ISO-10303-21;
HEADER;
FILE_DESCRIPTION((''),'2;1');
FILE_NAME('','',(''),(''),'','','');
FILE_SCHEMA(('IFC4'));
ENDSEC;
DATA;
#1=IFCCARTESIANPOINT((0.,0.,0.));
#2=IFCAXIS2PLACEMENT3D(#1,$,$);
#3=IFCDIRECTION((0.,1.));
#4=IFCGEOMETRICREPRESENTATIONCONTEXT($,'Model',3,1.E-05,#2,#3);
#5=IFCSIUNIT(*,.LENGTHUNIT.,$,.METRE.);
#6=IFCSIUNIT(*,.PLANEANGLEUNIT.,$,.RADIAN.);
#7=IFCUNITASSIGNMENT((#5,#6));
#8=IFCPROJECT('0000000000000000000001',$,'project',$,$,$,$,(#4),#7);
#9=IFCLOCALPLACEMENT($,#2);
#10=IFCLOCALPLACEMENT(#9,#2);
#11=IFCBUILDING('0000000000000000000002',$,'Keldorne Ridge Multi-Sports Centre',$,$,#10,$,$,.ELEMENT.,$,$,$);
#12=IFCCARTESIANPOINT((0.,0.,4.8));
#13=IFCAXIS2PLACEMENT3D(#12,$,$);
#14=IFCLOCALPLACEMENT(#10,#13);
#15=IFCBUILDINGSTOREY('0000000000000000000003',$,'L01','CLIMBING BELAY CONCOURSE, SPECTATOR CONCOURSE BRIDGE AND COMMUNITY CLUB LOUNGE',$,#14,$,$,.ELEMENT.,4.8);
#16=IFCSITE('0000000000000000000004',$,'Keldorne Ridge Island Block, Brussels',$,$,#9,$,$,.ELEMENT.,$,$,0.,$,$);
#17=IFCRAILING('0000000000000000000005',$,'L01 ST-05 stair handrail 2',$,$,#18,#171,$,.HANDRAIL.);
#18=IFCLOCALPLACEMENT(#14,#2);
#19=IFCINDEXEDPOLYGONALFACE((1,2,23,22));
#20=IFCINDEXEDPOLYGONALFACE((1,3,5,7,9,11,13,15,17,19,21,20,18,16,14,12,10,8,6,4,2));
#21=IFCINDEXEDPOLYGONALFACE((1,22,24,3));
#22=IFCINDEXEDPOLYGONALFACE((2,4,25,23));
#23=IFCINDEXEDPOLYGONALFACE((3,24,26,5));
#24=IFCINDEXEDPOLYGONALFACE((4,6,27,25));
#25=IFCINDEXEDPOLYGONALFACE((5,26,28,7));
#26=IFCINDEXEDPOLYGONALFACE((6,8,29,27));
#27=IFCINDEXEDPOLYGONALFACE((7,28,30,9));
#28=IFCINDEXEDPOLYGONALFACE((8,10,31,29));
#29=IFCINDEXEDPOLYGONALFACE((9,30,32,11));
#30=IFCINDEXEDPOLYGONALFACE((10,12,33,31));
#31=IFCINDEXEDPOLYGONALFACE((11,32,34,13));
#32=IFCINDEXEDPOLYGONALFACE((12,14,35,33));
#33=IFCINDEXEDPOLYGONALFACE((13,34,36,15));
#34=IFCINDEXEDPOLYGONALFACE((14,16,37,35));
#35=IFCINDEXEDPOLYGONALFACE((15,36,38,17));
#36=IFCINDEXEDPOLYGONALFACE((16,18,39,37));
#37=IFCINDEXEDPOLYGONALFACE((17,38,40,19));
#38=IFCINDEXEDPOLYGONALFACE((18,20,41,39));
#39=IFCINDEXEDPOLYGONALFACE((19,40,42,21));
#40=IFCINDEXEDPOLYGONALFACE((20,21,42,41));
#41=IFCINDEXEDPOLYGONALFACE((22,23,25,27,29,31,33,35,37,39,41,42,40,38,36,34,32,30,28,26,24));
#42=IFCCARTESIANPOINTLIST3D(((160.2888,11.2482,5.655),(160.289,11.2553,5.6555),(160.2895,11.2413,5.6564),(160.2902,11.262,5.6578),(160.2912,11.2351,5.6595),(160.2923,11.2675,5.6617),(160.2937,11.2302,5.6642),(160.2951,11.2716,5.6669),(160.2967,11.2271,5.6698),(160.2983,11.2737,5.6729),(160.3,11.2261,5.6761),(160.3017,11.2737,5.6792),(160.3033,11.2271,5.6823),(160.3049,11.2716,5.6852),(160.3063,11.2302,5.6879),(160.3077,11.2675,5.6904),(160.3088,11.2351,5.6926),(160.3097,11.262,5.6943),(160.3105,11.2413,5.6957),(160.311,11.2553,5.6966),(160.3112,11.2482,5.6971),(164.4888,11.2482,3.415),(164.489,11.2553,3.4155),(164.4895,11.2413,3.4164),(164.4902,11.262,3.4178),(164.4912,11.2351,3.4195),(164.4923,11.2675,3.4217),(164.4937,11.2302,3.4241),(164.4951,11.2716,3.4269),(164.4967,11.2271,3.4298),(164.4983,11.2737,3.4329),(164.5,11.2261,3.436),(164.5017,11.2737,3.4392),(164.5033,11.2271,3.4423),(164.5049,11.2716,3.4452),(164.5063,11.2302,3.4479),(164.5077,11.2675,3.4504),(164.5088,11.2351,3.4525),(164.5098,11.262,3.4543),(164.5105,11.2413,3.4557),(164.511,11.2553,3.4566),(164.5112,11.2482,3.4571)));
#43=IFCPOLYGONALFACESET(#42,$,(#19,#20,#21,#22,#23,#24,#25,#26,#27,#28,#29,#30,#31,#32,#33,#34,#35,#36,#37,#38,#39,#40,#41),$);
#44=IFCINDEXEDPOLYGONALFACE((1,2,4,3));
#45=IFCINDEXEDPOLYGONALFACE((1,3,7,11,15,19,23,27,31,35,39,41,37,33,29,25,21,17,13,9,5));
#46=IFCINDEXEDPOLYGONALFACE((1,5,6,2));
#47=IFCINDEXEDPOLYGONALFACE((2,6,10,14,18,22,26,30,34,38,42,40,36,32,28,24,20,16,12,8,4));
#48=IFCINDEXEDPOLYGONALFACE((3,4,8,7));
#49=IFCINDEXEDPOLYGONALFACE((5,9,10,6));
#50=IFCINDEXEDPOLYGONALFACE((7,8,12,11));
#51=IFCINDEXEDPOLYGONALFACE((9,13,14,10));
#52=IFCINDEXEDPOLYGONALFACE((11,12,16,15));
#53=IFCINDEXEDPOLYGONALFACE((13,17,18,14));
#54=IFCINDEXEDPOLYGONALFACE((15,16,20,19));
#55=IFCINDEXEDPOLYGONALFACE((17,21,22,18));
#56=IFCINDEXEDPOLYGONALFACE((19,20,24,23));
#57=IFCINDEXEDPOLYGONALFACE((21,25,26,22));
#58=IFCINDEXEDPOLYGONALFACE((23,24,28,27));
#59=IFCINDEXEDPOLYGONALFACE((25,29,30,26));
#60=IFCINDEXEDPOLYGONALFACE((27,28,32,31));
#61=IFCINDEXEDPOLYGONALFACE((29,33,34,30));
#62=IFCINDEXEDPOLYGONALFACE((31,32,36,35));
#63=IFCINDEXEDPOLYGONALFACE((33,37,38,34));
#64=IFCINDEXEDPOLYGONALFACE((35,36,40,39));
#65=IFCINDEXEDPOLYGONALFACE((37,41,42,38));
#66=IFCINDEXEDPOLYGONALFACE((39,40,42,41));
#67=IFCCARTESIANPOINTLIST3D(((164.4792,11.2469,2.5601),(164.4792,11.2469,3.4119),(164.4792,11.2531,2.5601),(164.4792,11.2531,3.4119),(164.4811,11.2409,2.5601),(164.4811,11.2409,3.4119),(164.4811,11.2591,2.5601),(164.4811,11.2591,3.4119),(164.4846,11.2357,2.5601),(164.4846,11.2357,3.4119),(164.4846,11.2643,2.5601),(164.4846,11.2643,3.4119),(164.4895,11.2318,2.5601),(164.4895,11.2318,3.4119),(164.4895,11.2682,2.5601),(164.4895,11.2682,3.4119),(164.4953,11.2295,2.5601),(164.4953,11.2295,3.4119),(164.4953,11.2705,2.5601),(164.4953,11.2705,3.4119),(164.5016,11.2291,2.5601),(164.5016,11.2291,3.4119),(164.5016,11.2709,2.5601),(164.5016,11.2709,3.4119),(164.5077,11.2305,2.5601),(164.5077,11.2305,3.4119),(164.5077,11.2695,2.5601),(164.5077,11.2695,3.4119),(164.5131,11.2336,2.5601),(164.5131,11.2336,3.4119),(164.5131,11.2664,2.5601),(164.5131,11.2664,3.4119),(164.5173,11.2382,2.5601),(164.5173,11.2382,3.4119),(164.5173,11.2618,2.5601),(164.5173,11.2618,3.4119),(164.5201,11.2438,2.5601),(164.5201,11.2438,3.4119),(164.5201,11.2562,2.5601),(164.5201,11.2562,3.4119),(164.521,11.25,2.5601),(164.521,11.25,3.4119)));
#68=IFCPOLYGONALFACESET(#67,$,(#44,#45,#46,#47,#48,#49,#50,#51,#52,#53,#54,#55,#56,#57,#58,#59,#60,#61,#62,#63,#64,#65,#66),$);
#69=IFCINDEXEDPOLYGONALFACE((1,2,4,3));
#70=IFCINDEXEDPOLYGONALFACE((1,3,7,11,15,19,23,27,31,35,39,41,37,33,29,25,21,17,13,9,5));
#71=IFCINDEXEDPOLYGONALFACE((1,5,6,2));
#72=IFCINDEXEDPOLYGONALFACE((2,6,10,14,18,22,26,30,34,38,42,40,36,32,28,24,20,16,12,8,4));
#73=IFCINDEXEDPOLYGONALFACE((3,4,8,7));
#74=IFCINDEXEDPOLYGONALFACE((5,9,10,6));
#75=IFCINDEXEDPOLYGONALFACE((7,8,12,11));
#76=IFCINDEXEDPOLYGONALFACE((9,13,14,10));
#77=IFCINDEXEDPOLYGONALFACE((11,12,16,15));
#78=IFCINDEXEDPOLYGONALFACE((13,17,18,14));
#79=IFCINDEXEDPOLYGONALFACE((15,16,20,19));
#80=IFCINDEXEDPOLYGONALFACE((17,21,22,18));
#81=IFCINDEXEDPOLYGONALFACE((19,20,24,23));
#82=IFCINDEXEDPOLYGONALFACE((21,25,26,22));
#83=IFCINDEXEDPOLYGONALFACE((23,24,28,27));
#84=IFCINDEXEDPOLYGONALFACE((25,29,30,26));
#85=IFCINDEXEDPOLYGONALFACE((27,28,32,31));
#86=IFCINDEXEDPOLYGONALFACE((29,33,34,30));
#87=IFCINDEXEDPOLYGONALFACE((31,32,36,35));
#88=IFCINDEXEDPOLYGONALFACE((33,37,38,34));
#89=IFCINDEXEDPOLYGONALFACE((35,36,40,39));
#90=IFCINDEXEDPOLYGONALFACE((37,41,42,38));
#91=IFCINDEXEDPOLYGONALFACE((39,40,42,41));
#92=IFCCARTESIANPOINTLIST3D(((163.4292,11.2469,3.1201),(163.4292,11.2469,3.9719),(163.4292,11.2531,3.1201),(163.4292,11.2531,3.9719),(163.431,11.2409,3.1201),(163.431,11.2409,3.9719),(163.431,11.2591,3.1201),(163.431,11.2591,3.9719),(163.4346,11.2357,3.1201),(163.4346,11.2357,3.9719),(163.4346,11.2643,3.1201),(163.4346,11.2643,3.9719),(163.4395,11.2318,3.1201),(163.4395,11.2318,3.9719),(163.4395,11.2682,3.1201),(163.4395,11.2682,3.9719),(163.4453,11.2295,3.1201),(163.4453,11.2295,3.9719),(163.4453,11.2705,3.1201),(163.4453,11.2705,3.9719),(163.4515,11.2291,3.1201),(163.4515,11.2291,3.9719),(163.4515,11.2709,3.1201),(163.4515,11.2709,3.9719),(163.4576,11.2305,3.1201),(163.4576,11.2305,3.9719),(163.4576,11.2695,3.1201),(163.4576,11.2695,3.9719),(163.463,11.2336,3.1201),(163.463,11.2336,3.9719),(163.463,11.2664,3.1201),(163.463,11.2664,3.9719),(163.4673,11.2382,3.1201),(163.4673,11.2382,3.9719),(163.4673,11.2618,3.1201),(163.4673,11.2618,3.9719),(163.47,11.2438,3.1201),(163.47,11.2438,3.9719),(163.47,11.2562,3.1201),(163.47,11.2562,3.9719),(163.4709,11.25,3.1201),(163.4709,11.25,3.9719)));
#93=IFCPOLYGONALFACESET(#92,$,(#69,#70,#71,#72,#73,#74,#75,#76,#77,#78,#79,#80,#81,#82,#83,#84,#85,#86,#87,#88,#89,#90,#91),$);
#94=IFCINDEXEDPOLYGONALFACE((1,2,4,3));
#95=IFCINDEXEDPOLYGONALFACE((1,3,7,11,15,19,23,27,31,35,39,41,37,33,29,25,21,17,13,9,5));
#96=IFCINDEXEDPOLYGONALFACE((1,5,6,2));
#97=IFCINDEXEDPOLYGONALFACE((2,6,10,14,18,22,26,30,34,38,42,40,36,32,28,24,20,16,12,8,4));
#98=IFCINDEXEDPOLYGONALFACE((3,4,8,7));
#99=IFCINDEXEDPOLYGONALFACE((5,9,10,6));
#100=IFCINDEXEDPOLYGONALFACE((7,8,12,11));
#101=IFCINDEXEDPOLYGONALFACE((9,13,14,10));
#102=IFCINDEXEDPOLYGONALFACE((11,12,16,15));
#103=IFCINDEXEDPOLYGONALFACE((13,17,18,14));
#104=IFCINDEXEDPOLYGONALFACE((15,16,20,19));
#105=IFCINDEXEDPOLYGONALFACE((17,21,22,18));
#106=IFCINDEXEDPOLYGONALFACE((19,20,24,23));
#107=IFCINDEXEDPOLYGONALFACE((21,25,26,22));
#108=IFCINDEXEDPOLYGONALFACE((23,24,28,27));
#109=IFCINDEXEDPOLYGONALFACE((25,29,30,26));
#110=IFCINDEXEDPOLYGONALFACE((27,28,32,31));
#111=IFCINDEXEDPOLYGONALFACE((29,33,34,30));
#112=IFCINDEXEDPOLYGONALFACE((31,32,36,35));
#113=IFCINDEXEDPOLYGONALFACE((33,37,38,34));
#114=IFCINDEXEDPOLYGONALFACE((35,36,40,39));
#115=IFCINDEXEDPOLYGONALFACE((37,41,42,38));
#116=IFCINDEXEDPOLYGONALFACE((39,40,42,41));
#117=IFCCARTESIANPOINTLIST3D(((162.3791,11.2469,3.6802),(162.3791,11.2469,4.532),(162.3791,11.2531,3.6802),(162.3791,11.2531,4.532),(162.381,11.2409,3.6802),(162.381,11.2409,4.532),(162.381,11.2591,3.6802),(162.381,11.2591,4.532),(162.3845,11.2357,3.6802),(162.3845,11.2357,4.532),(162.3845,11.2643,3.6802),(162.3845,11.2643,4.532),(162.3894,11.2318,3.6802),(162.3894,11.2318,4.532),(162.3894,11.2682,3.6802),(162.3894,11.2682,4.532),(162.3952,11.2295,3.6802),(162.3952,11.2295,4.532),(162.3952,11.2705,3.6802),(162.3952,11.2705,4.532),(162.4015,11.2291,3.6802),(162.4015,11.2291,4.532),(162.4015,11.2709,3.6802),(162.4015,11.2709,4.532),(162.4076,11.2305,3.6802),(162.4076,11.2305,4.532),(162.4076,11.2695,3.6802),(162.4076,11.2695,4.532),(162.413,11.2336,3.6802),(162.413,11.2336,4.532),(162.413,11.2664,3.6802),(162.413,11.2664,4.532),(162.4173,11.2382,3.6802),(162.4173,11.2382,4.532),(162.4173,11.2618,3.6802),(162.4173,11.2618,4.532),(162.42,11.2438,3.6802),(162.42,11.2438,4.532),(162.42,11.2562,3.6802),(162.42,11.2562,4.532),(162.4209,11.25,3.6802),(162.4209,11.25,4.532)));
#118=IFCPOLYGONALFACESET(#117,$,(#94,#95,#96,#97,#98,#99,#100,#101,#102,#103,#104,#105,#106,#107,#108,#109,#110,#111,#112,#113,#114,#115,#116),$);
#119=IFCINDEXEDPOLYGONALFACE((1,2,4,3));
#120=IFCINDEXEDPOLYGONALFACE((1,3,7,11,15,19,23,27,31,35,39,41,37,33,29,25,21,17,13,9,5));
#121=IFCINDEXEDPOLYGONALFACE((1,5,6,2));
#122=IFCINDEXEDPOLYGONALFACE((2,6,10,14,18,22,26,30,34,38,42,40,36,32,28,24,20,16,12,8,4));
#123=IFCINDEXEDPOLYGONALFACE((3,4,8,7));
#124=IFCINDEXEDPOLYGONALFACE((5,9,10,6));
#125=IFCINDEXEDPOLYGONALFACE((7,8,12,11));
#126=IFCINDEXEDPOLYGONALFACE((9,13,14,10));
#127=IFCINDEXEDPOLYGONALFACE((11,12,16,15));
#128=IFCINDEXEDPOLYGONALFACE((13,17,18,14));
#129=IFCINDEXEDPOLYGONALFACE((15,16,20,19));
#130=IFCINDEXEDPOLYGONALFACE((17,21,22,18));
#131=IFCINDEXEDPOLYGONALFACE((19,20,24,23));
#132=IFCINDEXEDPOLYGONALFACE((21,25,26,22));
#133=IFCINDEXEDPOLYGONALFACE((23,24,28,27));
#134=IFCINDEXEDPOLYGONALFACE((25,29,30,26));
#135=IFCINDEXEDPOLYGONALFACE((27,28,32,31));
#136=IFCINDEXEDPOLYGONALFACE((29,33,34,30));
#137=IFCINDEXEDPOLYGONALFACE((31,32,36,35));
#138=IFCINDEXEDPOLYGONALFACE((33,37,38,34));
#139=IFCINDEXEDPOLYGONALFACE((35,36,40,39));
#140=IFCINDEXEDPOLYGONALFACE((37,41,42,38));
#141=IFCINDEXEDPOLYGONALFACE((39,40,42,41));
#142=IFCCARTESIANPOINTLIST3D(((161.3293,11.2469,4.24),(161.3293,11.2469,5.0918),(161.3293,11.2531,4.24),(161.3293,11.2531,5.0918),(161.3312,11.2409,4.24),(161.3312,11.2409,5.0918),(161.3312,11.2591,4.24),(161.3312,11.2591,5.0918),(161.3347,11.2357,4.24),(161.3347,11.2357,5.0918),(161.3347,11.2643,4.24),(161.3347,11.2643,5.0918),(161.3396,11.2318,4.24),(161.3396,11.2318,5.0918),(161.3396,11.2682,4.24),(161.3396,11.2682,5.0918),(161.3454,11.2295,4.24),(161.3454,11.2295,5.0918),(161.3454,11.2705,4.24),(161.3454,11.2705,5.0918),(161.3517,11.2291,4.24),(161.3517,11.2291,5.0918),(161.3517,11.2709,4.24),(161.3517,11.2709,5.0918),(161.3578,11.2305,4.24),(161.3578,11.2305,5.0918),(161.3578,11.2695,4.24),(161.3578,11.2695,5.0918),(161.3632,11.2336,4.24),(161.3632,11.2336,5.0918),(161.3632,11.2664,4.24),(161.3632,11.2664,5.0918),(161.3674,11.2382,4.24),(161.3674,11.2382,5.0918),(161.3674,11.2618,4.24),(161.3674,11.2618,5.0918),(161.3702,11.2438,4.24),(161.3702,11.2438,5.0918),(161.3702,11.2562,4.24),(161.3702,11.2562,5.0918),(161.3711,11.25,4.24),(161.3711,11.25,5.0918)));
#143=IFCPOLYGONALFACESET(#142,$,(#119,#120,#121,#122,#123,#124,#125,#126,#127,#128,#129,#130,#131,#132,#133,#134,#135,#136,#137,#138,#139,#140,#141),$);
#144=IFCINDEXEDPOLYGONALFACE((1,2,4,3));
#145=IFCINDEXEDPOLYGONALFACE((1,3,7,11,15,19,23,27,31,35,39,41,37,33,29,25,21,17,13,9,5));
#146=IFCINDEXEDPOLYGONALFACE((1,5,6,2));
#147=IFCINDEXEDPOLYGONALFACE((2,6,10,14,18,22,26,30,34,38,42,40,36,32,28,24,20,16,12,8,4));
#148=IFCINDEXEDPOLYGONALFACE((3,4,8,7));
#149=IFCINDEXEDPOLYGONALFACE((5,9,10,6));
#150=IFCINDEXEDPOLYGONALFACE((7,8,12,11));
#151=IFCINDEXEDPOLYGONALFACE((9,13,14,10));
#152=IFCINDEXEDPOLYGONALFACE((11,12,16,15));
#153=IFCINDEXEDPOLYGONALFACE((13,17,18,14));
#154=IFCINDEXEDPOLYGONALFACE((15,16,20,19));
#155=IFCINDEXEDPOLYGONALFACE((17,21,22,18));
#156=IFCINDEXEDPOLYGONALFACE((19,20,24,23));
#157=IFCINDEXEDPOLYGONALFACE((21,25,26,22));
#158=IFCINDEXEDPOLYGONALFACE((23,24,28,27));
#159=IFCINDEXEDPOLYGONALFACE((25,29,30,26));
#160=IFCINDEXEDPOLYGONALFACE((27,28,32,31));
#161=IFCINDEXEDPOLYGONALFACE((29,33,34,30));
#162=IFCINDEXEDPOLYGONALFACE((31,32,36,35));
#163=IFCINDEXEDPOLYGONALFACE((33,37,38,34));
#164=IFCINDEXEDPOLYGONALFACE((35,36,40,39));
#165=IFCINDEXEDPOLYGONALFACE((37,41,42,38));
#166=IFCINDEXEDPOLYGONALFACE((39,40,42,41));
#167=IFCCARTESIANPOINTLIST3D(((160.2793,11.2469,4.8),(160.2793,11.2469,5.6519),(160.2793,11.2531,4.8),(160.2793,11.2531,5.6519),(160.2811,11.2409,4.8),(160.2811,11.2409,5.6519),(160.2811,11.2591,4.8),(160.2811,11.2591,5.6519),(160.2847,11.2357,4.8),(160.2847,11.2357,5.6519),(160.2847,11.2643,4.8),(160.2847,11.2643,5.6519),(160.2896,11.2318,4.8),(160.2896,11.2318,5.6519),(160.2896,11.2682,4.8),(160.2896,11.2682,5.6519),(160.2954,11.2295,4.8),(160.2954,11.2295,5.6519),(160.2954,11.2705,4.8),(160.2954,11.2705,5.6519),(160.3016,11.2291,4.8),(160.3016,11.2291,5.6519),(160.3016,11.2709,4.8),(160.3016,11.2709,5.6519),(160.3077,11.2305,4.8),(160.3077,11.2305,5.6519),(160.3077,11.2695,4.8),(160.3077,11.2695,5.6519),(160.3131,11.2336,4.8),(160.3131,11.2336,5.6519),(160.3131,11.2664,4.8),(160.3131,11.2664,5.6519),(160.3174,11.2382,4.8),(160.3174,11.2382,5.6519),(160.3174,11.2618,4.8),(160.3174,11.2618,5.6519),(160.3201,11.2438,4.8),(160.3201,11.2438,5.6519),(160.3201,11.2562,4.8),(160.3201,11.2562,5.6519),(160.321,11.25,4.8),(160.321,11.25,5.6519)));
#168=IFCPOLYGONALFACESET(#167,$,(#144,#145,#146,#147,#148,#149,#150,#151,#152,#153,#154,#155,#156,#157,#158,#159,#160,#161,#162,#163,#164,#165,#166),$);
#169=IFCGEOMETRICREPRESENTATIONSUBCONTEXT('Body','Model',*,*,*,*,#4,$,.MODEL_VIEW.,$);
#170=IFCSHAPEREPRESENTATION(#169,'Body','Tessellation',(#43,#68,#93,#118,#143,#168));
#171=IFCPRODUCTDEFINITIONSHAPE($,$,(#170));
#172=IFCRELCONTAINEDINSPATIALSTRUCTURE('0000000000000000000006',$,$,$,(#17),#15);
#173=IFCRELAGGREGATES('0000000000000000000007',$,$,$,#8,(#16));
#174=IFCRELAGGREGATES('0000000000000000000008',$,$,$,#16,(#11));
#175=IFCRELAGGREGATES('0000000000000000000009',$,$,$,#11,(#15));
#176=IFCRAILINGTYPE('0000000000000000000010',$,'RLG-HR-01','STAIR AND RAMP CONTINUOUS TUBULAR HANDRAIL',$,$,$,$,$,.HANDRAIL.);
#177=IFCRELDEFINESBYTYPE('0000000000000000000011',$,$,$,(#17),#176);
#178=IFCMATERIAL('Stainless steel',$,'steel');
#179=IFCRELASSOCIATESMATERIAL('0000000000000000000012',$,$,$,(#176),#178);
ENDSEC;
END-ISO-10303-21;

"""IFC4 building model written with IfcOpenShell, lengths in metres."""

from ifc_helpers import new_model, si_unit, direction, frame, origin, origin_2d, place, context, subcontext, project, spatial, circle, extrude, material, type_object, element, save


model = new_model("IFC4")

# Units and contexts
model_context = context("Model", 3, precision=1e-05, world=origin(), true_north=direction((0.0, 1.0)))
body_context = subcontext(model_context, "Body", "Model", "MODEL_VIEW")
ifc_project = project(units=[si_unit("LENGTHUNIT", "METRE"), si_unit("PLANEANGLEUNIT", "RADIAN")], contexts=[model_context])

# Site, building, storey
site_placement = place(None, origin())
site = spatial("IfcSite", under=ifc_project, at=site_placement, Name="Keldorne Ridge Island Block, Brussels", CompositionType="ELEMENT", RefElevation=0.0)
building_placement = place(site_placement, origin())
building = spatial("IfcBuilding", under=site, at=building_placement, Name="Keldorne Ridge Multi-Sports Centre", CompositionType="ELEMENT")
storey_placement = place(building_placement, frame((0.0, 0.0, 4.8)))
storey = spatial("IfcBuildingStorey", under=building, at=storey_placement, Name="L01", Description="CLIMBING BELAY CONCOURSE, SPECTATOR CONCOURSE BRIDGE AND COMMUNITY CLUB LOUNGE", CompositionType="ELEMENT", Elevation=4.8)

# Railing
ifc_material_1 = material(Name="Stainless steel", Category="steel")
railing_type_1 = type_object("IfcRailingType", Name="RLG-HR-01", Description="STAIR AND RAMP CONTINUOUS TUBULAR HANDRAIL", PredefinedType="HANDRAIL", material=ifc_material_1)
railing_1_placement = place(storey_placement, frame((164.5, 11.25, 2.5601)))
element("IfcRailing", 1, at=railing_1_placement, inside=storey, type_object=railing_type_1, Name="L01 ST-05 stair handrail 2", PredefinedType="HANDRAIL", context=body_context, shape_type="SweptSolid", body=[
    extrude(circle(Radius=0.0239, at=origin_2d()), frame((0.0, 0.0, 0.876), z_axis=(-0.882352, 0.0, 0.470591), x_axis=(0.0, -1.0, 0.0)), (0.0, 0.0, 1.0), 4.76),
    extrude(circle(Radius=0.021, at=origin_2d()), origin(), (0.0, 0.0, 1.0), 0.8518),
    extrude(circle(Radius=0.021, at=origin_2d()), frame((-1.05, 0.0, 0.5601)), (0.0, 0.0, 1.0), 0.8518),
    extrude(circle(Radius=0.021, at=origin_2d()), frame((-2.1001, 0.0, 1.1201)), (0.0, 0.0, 1.0), 0.8518),
    extrude(circle(Radius=0.021, at=origin_2d()), frame((-3.1499, 0.0, 1.6799)), (0.0, 0.0, 1.0), 0.8518),
    extrude(circle(Radius=0.021, at=origin_2d()), frame((-4.2, 0.0, 2.24)), (0.0, 0.0, 1.0), 0.8518),
])

save(model, "model.ifc")
